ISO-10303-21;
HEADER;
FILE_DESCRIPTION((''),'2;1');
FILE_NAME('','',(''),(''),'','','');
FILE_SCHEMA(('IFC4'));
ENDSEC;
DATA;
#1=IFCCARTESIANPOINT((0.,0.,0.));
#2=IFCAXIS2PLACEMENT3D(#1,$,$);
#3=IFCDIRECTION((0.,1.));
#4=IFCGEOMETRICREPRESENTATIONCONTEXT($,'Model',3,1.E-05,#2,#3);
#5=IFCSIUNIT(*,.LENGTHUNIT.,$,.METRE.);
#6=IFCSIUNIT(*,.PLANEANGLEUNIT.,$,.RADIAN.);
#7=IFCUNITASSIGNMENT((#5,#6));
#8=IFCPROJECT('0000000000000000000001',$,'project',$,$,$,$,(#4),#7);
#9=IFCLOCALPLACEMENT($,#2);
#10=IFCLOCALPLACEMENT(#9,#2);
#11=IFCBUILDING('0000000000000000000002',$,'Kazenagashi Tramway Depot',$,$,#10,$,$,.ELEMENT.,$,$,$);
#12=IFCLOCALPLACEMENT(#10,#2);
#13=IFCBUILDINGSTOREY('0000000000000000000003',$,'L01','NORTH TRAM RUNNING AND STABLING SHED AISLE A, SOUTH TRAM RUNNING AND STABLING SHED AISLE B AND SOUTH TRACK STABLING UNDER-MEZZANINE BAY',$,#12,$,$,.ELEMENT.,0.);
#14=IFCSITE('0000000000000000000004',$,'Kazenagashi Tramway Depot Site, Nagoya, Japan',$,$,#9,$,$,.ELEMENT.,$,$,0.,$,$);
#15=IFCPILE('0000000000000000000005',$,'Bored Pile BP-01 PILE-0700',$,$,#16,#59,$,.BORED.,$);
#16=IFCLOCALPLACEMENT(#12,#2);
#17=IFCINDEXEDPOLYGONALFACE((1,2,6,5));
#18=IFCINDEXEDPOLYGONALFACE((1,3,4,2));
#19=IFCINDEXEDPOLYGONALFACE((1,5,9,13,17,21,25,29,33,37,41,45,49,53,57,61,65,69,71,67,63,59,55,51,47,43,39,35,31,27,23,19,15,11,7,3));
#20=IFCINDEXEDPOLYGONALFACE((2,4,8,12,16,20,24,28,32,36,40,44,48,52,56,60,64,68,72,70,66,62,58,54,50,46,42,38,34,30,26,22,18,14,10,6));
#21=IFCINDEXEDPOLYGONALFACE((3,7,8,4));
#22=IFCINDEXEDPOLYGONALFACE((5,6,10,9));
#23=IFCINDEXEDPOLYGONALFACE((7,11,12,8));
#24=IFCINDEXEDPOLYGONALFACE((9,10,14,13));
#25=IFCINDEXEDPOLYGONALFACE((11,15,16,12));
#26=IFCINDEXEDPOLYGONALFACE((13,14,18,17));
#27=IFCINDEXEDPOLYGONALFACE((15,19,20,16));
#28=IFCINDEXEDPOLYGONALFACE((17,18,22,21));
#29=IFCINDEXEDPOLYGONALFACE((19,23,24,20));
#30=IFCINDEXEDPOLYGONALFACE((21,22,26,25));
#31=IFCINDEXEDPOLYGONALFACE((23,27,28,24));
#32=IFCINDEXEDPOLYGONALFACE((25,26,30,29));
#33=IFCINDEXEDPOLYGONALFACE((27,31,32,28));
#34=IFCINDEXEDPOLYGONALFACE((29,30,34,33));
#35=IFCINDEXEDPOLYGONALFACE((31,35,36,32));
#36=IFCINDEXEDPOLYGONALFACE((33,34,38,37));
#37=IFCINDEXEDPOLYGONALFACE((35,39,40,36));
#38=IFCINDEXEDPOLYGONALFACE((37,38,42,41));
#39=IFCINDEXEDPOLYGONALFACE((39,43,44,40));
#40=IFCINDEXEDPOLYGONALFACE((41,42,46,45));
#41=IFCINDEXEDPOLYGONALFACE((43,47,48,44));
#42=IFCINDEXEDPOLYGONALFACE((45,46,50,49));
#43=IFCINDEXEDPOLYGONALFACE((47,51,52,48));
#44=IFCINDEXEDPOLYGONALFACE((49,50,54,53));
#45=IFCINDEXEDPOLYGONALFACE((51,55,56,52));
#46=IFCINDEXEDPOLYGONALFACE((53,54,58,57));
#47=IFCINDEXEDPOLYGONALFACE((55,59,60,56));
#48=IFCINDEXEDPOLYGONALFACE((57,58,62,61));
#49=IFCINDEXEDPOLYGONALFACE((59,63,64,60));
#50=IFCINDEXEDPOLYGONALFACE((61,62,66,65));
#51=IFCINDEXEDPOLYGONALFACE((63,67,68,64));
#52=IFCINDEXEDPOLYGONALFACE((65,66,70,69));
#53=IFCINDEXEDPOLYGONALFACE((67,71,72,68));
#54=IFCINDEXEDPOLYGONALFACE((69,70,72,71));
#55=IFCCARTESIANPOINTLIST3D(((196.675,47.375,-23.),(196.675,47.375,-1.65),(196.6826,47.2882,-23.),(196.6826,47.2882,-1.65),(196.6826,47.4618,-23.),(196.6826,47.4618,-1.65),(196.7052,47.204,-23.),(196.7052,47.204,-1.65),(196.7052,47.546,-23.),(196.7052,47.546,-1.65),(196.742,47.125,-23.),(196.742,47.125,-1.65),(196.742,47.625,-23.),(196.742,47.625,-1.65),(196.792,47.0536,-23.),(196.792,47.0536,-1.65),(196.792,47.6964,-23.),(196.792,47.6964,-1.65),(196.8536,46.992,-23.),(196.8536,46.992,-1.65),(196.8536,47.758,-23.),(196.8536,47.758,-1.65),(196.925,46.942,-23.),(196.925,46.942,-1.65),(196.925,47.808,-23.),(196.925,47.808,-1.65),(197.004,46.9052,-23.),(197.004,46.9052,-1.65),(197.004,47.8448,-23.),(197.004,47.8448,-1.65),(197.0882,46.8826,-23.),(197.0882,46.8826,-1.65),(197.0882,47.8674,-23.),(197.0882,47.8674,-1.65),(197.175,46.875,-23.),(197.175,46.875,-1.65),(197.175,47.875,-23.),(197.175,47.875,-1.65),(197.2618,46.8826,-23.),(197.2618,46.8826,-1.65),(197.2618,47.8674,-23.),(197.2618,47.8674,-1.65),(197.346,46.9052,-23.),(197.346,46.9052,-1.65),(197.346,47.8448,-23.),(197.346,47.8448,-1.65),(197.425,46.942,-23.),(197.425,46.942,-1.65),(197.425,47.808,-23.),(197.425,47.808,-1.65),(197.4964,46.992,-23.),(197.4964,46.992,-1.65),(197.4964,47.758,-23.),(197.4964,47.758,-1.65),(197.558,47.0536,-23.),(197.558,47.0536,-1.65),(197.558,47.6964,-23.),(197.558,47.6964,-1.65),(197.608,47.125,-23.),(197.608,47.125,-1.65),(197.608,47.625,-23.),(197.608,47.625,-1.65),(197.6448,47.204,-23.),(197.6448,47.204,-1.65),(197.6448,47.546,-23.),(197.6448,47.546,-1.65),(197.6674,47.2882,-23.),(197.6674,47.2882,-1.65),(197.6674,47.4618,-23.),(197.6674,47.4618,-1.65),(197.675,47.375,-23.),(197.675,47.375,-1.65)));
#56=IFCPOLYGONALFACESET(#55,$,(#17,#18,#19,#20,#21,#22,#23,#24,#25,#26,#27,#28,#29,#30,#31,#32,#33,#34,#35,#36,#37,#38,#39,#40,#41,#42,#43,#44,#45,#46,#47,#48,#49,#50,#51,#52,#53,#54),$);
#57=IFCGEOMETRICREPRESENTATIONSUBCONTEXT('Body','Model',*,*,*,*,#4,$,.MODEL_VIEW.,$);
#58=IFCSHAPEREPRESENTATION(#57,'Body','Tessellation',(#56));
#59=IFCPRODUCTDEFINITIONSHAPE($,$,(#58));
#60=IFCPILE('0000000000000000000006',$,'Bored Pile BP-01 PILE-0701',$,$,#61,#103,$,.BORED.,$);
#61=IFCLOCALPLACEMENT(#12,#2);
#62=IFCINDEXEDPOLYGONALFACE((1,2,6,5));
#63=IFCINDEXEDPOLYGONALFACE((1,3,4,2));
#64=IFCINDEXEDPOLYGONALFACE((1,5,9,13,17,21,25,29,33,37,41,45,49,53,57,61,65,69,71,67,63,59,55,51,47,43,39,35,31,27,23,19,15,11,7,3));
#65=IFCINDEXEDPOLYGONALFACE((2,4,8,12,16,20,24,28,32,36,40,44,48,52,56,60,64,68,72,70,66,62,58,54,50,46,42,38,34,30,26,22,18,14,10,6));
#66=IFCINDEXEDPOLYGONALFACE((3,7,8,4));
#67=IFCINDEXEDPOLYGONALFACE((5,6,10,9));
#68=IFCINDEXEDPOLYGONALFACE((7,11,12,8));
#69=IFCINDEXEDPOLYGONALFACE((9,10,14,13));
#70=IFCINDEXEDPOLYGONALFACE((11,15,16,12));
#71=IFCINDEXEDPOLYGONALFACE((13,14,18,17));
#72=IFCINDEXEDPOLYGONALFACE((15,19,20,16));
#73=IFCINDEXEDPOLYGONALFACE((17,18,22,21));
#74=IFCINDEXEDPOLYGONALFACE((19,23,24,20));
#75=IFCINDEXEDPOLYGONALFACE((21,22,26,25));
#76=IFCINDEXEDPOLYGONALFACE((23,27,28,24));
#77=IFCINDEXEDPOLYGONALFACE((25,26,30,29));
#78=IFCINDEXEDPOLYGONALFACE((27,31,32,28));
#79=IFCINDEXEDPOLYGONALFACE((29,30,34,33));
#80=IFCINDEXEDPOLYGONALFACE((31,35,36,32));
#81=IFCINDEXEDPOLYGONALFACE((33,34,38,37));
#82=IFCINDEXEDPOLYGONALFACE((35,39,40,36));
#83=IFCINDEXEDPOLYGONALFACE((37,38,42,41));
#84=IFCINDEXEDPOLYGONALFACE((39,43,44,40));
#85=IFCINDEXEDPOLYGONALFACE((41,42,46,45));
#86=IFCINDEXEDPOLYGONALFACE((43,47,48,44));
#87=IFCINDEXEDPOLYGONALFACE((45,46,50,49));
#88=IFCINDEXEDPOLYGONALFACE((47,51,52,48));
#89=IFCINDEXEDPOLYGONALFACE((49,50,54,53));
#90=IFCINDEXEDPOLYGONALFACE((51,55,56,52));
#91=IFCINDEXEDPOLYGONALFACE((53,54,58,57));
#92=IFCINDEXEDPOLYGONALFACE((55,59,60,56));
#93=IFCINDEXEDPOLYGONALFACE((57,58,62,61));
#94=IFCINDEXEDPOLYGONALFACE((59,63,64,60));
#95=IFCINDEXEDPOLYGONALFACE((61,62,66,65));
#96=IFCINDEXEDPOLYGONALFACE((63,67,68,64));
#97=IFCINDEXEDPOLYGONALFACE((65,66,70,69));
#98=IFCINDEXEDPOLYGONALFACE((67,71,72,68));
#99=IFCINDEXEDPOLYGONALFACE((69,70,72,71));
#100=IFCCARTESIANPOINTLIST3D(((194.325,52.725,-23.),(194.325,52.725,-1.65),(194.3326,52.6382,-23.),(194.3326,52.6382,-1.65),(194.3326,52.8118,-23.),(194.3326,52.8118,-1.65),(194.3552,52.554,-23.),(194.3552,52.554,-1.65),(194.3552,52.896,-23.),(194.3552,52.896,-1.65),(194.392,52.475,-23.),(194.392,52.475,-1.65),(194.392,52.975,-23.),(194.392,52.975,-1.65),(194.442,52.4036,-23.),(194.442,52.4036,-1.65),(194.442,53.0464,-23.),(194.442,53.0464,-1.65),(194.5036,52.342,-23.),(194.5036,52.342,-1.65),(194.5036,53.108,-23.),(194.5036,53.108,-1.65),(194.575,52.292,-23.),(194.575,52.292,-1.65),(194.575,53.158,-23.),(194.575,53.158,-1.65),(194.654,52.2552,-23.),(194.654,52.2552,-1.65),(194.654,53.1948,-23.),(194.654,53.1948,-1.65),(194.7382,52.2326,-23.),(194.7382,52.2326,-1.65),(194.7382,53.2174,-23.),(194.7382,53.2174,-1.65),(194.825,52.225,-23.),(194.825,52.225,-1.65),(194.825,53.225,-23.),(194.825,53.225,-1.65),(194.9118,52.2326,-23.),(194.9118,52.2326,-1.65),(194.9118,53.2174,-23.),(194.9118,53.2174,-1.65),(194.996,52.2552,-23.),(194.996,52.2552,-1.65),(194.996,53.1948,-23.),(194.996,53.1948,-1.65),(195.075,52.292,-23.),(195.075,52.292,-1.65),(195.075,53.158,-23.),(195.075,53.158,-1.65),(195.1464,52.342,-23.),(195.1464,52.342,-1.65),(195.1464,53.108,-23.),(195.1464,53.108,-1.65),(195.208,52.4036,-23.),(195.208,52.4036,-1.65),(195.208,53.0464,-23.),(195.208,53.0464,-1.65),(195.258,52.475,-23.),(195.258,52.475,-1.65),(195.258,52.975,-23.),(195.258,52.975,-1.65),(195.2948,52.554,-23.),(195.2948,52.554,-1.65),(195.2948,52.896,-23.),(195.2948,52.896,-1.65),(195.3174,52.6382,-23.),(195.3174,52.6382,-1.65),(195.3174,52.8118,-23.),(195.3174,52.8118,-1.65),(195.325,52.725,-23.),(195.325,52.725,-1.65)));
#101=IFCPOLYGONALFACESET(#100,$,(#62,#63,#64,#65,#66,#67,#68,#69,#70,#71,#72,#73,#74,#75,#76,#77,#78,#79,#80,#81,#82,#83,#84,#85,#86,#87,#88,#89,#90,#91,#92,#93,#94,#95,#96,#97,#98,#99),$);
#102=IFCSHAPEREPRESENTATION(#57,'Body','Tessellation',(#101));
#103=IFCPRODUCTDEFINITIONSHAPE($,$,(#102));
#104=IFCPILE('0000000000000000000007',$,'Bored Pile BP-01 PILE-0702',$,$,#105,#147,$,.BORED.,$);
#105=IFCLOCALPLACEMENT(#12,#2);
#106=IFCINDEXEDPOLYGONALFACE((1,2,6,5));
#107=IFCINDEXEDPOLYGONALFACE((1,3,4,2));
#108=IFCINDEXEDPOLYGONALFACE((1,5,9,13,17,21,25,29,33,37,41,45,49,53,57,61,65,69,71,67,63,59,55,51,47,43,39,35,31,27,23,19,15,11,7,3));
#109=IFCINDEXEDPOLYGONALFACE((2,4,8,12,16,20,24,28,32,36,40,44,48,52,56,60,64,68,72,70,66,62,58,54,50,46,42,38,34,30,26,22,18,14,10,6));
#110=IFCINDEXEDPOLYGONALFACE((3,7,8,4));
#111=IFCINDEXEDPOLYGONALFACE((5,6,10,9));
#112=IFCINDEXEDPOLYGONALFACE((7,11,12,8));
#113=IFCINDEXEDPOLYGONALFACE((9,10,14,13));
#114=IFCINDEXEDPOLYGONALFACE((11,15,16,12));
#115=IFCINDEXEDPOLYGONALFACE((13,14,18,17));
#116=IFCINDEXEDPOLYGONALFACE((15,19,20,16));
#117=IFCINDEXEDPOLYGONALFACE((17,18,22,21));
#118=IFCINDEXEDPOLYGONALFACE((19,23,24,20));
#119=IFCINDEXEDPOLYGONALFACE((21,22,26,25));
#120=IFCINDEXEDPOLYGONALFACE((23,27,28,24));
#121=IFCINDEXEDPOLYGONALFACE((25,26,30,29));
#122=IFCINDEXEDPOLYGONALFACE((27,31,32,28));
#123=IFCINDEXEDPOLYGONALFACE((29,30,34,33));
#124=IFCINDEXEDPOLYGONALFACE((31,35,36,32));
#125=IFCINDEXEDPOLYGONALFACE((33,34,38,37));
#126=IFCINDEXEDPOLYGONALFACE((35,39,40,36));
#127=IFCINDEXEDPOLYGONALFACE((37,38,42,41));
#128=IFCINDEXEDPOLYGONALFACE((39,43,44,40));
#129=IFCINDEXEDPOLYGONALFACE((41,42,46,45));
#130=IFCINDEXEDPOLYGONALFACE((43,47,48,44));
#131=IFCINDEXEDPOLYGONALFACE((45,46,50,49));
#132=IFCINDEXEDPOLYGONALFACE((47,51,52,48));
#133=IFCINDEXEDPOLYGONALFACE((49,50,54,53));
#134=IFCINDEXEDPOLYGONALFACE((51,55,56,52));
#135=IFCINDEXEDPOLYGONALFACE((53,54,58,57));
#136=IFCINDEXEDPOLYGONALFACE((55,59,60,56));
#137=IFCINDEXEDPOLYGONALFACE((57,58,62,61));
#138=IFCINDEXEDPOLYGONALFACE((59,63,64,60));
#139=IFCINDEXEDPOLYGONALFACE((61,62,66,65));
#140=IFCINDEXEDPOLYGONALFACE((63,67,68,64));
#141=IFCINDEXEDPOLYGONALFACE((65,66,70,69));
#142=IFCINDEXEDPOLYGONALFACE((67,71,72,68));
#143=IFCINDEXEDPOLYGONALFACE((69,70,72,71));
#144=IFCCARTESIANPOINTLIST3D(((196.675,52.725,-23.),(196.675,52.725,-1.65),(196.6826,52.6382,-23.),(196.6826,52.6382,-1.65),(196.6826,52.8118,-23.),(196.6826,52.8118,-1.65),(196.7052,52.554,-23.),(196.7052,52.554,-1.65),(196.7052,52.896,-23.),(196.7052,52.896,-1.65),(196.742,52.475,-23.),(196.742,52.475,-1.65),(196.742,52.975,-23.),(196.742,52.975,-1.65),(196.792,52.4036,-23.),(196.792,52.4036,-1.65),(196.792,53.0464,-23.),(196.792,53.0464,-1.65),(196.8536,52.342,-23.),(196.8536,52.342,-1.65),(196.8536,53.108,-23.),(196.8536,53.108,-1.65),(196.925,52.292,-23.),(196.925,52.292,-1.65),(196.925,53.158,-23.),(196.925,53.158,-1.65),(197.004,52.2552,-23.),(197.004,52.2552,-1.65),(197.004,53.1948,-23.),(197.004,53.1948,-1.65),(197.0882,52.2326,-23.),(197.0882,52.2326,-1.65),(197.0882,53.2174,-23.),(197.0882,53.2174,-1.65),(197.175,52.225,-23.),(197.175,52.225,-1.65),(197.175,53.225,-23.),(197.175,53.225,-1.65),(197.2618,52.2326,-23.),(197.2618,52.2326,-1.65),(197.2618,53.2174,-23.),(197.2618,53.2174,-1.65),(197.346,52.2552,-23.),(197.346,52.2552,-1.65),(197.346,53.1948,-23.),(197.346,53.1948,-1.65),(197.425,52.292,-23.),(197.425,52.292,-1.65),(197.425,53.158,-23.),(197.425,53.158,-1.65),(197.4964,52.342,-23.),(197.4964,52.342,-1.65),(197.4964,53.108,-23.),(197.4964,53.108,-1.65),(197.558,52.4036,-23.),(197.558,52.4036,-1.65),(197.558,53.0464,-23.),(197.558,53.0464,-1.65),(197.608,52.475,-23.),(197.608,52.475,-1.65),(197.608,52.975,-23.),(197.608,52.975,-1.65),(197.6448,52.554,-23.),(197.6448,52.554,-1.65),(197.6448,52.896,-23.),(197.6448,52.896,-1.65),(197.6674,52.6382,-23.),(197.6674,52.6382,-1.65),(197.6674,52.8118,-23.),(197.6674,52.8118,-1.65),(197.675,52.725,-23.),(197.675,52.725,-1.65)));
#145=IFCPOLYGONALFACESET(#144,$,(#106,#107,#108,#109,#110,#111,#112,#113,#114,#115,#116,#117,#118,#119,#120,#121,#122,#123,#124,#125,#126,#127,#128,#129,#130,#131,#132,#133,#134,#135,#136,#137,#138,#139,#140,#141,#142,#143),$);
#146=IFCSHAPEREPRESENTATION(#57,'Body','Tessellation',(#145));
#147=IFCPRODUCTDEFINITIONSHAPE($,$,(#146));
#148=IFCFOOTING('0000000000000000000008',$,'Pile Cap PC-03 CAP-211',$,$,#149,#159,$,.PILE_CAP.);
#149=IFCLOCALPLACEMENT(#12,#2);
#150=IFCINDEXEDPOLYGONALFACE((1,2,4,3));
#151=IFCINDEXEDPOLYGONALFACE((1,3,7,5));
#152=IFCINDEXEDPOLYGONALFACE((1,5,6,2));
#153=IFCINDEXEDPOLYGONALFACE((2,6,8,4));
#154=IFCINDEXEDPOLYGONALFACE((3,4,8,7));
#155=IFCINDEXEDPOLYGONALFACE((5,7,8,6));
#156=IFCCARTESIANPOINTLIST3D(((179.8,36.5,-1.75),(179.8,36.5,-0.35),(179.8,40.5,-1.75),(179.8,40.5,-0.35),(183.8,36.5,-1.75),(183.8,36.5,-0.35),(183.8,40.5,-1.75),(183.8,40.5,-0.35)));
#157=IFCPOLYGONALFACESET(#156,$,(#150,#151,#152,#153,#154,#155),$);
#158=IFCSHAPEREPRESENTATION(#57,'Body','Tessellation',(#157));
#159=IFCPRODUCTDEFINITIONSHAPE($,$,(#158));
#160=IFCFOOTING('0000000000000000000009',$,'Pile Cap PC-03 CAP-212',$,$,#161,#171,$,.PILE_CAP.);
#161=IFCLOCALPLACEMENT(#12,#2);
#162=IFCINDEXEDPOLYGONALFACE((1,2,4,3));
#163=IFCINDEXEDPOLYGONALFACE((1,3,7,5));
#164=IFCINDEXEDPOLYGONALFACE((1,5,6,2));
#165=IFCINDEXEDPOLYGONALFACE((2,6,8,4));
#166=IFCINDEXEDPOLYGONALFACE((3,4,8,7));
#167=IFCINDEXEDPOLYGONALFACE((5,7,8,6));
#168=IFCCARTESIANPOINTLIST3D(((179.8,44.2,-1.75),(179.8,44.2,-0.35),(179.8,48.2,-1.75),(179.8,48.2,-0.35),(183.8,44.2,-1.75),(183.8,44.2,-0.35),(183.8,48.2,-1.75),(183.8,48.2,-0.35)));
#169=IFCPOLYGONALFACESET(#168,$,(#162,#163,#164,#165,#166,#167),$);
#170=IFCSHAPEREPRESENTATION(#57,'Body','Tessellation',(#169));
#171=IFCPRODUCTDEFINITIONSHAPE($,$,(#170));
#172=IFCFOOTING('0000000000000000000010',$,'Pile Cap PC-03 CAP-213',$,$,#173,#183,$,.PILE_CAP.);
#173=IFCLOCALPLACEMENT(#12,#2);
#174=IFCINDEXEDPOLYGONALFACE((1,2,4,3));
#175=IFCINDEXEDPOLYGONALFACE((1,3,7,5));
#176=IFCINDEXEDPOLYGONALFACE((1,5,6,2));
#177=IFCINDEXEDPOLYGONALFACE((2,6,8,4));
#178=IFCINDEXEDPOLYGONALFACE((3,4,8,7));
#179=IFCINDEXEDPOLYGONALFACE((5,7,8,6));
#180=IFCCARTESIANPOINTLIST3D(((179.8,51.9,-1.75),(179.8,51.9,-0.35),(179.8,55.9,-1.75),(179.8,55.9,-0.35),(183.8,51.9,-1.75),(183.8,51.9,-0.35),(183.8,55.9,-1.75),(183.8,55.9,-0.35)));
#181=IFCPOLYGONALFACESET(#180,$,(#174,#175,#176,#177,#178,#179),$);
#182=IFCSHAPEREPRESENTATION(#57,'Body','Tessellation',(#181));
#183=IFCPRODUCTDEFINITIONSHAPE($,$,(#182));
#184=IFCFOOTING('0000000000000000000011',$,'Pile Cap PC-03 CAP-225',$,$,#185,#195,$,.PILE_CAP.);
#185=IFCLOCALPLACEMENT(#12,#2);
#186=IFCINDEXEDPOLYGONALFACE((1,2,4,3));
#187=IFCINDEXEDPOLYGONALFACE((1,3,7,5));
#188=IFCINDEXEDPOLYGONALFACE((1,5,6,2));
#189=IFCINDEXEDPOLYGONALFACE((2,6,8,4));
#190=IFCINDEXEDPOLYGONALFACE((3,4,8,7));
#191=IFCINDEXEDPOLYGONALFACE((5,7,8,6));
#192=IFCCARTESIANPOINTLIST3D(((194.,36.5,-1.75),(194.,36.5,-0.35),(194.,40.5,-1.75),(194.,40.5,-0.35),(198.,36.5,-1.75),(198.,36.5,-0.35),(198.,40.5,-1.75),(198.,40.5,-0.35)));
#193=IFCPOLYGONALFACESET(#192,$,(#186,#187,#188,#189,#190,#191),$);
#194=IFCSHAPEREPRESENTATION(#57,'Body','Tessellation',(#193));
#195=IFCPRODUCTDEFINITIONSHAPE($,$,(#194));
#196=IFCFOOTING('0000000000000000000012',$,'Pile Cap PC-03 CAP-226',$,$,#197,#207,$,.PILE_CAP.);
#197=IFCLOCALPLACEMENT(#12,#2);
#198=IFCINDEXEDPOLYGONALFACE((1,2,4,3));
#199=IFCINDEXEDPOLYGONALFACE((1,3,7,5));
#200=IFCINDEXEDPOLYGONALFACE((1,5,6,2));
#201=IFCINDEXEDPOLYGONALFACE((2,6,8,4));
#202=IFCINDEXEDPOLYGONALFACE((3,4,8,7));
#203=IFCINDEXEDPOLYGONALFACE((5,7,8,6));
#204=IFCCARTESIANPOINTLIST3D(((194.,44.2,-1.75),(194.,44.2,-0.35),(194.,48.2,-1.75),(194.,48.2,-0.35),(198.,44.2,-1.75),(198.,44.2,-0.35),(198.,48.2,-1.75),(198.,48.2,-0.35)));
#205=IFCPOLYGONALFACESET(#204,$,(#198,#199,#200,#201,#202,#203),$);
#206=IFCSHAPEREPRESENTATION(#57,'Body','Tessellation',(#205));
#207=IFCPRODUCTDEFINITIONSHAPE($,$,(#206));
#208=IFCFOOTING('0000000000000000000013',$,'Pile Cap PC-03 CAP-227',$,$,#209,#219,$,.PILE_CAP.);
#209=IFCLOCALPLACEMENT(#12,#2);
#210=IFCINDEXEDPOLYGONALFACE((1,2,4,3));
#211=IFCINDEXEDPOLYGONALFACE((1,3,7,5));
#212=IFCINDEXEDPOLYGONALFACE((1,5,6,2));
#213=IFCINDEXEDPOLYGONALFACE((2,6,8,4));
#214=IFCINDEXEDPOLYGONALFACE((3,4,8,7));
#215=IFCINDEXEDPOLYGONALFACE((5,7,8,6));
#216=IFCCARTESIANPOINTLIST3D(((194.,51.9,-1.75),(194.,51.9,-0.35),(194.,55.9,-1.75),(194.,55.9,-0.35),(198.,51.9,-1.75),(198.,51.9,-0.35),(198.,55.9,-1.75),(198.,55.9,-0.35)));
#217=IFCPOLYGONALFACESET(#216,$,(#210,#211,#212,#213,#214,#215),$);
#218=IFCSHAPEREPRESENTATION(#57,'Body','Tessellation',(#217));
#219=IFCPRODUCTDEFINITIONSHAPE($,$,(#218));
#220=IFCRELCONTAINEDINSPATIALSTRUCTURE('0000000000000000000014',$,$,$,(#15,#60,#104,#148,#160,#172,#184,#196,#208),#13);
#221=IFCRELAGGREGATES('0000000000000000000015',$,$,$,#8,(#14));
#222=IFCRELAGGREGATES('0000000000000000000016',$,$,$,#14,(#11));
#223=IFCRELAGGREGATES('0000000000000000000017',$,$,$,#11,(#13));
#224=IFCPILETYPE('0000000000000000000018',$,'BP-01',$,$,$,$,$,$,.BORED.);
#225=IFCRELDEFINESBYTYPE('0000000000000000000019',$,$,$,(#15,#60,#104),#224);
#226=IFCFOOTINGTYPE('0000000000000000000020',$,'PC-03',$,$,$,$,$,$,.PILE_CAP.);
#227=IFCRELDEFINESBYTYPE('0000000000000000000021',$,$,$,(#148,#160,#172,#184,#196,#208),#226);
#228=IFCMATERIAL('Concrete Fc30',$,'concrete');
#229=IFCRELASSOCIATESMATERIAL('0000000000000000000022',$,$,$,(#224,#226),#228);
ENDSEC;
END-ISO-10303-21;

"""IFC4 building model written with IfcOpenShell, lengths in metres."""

from ifc_helpers import new_model, si_unit, direction, frame, origin, origin_2d, place, context, subcontext, project, spatial, rectangle, circle, extrude, material, material_profile, profile_set, type_object, element, save


model = new_model("IFC4")

# Units and contexts
model_context = context("Model", 3, precision=1e-05, world=origin(), true_north=direction((0.0, 1.0)))
body_context = subcontext(model_context, "Body", "Model", "MODEL_VIEW")
ifc_project = project(units=[si_unit("LENGTHUNIT", "METRE"), si_unit("PLANEANGLEUNIT", "RADIAN")], contexts=[model_context])

# Site, building, storey
site_placement = place(None, origin())
site = spatial("IfcSite", under=ifc_project, at=site_placement, Name="Kazenagashi Tramway Depot Site, Nagoya, Japan", CompositionType="ELEMENT", RefElevation=0.0)
building_placement = place(site_placement, origin())
building = spatial("IfcBuilding", under=site, at=building_placement, Name="Kazenagashi Tramway Depot", CompositionType="ELEMENT")
storey_placement = place(building_placement, origin())
storey = spatial("IfcBuildingStorey", under=building, at=storey_placement, Name="L01", Description="NORTH TRAM RUNNING AND STABLING SHED AISLE A, SOUTH TRAM RUNNING AND STABLING SHED AISLE B AND SOUTH TRACK STABLING UNDER-MEZZANINE BAY", CompositionType="ELEMENT", Elevation=0.0)

# Piles
ifc_material_1 = material(Name="Concrete Fc30", Category="concrete")
ifc_material_profile_1 = material_profile(ifc_material_1, circle(Radius=0.5, at=origin_2d()), Name="PILE-1000")
ifc_profile_set_1 = profile_set([ifc_material_profile_1], Name="Concrete Fc30")
pile_type = type_object("IfcPileType", Name="BP-01", PredefinedType="BORED", material=ifc_profile_set_1)
for number, where, z_axis, x_axis, name in (
    (1, (197.175, 47.375, -1.65), (0.0, 0.0, -1.0), (1.0, 0.0, 0.0), "Bored Pile BP-01 PILE-0700"),
    (2, (194.825, 52.725, -1.65), (0.0, 0.0, -1.0), (1.0, 0.0, 0.0), "Bored Pile BP-01 PILE-0701"),
    (3, (197.175, 52.725, -1.65), (0.0, 0.0, -1.0), (1.0, 0.0, 0.0), "Bored Pile BP-01 PILE-0702"),
):
    element("IfcPile", number, at=place(storey_placement, frame(where, z_axis=z_axis, x_axis=x_axis)), inside=storey, type_object=pile_type, Name=name, PredefinedType="BORED", context=body_context, shape_type="SweptSolid", body=[
        extrude(circle(Radius=0.5, at=origin_2d()), origin(), (0.0, 0.0, 1.0), 21.35),
    ])

# Footings
footing_type = type_object("IfcFootingType", Name="PC-03", PredefinedType="PILE_CAP", material=ifc_material_1)
for number, where, z_axis, x_axis, name in (
    (4, (181.8, 38.5, -1.75), (0.0, 0.0, 1.0), (1.0, 0.0, 0.0), "Pile Cap PC-03 CAP-211"),
    (5, (181.8, 46.2, -1.75), (0.0, 0.0, 1.0), (1.0, 0.0, 0.0), "Pile Cap PC-03 CAP-212"),
    (6, (181.8, 53.9, -1.75), (0.0, 0.0, 1.0), (1.0, 0.0, 0.0), "Pile Cap PC-03 CAP-213"),
    (7, (196.0, 38.5, -1.75), (0.0, 0.0, 1.0), (1.0, 0.0, 0.0), "Pile Cap PC-03 CAP-225"),
    (8, (196.0, 46.2, -1.75), (0.0, 0.0, 1.0), (1.0, 0.0, 0.0), "Pile Cap PC-03 CAP-226"),
    (9, (196.0, 53.9, -1.75), (0.0, 0.0, 1.0), (1.0, 0.0, 0.0), "Pile Cap PC-03 CAP-227"),
):
    element("IfcFooting", number, at=place(storey_placement, frame(where, z_axis=z_axis, x_axis=x_axis)), inside=storey, type_object=footing_type, Name=name, PredefinedType="PILE_CAP", context=body_context, shape_type="SweptSolid", body=[
        extrude(rectangle(XDim=4.0, YDim=4.0, at=origin_2d()), origin(), (0.0, 0.0, 1.0), 1.4),
    ])

save(model, "model.ifc")
